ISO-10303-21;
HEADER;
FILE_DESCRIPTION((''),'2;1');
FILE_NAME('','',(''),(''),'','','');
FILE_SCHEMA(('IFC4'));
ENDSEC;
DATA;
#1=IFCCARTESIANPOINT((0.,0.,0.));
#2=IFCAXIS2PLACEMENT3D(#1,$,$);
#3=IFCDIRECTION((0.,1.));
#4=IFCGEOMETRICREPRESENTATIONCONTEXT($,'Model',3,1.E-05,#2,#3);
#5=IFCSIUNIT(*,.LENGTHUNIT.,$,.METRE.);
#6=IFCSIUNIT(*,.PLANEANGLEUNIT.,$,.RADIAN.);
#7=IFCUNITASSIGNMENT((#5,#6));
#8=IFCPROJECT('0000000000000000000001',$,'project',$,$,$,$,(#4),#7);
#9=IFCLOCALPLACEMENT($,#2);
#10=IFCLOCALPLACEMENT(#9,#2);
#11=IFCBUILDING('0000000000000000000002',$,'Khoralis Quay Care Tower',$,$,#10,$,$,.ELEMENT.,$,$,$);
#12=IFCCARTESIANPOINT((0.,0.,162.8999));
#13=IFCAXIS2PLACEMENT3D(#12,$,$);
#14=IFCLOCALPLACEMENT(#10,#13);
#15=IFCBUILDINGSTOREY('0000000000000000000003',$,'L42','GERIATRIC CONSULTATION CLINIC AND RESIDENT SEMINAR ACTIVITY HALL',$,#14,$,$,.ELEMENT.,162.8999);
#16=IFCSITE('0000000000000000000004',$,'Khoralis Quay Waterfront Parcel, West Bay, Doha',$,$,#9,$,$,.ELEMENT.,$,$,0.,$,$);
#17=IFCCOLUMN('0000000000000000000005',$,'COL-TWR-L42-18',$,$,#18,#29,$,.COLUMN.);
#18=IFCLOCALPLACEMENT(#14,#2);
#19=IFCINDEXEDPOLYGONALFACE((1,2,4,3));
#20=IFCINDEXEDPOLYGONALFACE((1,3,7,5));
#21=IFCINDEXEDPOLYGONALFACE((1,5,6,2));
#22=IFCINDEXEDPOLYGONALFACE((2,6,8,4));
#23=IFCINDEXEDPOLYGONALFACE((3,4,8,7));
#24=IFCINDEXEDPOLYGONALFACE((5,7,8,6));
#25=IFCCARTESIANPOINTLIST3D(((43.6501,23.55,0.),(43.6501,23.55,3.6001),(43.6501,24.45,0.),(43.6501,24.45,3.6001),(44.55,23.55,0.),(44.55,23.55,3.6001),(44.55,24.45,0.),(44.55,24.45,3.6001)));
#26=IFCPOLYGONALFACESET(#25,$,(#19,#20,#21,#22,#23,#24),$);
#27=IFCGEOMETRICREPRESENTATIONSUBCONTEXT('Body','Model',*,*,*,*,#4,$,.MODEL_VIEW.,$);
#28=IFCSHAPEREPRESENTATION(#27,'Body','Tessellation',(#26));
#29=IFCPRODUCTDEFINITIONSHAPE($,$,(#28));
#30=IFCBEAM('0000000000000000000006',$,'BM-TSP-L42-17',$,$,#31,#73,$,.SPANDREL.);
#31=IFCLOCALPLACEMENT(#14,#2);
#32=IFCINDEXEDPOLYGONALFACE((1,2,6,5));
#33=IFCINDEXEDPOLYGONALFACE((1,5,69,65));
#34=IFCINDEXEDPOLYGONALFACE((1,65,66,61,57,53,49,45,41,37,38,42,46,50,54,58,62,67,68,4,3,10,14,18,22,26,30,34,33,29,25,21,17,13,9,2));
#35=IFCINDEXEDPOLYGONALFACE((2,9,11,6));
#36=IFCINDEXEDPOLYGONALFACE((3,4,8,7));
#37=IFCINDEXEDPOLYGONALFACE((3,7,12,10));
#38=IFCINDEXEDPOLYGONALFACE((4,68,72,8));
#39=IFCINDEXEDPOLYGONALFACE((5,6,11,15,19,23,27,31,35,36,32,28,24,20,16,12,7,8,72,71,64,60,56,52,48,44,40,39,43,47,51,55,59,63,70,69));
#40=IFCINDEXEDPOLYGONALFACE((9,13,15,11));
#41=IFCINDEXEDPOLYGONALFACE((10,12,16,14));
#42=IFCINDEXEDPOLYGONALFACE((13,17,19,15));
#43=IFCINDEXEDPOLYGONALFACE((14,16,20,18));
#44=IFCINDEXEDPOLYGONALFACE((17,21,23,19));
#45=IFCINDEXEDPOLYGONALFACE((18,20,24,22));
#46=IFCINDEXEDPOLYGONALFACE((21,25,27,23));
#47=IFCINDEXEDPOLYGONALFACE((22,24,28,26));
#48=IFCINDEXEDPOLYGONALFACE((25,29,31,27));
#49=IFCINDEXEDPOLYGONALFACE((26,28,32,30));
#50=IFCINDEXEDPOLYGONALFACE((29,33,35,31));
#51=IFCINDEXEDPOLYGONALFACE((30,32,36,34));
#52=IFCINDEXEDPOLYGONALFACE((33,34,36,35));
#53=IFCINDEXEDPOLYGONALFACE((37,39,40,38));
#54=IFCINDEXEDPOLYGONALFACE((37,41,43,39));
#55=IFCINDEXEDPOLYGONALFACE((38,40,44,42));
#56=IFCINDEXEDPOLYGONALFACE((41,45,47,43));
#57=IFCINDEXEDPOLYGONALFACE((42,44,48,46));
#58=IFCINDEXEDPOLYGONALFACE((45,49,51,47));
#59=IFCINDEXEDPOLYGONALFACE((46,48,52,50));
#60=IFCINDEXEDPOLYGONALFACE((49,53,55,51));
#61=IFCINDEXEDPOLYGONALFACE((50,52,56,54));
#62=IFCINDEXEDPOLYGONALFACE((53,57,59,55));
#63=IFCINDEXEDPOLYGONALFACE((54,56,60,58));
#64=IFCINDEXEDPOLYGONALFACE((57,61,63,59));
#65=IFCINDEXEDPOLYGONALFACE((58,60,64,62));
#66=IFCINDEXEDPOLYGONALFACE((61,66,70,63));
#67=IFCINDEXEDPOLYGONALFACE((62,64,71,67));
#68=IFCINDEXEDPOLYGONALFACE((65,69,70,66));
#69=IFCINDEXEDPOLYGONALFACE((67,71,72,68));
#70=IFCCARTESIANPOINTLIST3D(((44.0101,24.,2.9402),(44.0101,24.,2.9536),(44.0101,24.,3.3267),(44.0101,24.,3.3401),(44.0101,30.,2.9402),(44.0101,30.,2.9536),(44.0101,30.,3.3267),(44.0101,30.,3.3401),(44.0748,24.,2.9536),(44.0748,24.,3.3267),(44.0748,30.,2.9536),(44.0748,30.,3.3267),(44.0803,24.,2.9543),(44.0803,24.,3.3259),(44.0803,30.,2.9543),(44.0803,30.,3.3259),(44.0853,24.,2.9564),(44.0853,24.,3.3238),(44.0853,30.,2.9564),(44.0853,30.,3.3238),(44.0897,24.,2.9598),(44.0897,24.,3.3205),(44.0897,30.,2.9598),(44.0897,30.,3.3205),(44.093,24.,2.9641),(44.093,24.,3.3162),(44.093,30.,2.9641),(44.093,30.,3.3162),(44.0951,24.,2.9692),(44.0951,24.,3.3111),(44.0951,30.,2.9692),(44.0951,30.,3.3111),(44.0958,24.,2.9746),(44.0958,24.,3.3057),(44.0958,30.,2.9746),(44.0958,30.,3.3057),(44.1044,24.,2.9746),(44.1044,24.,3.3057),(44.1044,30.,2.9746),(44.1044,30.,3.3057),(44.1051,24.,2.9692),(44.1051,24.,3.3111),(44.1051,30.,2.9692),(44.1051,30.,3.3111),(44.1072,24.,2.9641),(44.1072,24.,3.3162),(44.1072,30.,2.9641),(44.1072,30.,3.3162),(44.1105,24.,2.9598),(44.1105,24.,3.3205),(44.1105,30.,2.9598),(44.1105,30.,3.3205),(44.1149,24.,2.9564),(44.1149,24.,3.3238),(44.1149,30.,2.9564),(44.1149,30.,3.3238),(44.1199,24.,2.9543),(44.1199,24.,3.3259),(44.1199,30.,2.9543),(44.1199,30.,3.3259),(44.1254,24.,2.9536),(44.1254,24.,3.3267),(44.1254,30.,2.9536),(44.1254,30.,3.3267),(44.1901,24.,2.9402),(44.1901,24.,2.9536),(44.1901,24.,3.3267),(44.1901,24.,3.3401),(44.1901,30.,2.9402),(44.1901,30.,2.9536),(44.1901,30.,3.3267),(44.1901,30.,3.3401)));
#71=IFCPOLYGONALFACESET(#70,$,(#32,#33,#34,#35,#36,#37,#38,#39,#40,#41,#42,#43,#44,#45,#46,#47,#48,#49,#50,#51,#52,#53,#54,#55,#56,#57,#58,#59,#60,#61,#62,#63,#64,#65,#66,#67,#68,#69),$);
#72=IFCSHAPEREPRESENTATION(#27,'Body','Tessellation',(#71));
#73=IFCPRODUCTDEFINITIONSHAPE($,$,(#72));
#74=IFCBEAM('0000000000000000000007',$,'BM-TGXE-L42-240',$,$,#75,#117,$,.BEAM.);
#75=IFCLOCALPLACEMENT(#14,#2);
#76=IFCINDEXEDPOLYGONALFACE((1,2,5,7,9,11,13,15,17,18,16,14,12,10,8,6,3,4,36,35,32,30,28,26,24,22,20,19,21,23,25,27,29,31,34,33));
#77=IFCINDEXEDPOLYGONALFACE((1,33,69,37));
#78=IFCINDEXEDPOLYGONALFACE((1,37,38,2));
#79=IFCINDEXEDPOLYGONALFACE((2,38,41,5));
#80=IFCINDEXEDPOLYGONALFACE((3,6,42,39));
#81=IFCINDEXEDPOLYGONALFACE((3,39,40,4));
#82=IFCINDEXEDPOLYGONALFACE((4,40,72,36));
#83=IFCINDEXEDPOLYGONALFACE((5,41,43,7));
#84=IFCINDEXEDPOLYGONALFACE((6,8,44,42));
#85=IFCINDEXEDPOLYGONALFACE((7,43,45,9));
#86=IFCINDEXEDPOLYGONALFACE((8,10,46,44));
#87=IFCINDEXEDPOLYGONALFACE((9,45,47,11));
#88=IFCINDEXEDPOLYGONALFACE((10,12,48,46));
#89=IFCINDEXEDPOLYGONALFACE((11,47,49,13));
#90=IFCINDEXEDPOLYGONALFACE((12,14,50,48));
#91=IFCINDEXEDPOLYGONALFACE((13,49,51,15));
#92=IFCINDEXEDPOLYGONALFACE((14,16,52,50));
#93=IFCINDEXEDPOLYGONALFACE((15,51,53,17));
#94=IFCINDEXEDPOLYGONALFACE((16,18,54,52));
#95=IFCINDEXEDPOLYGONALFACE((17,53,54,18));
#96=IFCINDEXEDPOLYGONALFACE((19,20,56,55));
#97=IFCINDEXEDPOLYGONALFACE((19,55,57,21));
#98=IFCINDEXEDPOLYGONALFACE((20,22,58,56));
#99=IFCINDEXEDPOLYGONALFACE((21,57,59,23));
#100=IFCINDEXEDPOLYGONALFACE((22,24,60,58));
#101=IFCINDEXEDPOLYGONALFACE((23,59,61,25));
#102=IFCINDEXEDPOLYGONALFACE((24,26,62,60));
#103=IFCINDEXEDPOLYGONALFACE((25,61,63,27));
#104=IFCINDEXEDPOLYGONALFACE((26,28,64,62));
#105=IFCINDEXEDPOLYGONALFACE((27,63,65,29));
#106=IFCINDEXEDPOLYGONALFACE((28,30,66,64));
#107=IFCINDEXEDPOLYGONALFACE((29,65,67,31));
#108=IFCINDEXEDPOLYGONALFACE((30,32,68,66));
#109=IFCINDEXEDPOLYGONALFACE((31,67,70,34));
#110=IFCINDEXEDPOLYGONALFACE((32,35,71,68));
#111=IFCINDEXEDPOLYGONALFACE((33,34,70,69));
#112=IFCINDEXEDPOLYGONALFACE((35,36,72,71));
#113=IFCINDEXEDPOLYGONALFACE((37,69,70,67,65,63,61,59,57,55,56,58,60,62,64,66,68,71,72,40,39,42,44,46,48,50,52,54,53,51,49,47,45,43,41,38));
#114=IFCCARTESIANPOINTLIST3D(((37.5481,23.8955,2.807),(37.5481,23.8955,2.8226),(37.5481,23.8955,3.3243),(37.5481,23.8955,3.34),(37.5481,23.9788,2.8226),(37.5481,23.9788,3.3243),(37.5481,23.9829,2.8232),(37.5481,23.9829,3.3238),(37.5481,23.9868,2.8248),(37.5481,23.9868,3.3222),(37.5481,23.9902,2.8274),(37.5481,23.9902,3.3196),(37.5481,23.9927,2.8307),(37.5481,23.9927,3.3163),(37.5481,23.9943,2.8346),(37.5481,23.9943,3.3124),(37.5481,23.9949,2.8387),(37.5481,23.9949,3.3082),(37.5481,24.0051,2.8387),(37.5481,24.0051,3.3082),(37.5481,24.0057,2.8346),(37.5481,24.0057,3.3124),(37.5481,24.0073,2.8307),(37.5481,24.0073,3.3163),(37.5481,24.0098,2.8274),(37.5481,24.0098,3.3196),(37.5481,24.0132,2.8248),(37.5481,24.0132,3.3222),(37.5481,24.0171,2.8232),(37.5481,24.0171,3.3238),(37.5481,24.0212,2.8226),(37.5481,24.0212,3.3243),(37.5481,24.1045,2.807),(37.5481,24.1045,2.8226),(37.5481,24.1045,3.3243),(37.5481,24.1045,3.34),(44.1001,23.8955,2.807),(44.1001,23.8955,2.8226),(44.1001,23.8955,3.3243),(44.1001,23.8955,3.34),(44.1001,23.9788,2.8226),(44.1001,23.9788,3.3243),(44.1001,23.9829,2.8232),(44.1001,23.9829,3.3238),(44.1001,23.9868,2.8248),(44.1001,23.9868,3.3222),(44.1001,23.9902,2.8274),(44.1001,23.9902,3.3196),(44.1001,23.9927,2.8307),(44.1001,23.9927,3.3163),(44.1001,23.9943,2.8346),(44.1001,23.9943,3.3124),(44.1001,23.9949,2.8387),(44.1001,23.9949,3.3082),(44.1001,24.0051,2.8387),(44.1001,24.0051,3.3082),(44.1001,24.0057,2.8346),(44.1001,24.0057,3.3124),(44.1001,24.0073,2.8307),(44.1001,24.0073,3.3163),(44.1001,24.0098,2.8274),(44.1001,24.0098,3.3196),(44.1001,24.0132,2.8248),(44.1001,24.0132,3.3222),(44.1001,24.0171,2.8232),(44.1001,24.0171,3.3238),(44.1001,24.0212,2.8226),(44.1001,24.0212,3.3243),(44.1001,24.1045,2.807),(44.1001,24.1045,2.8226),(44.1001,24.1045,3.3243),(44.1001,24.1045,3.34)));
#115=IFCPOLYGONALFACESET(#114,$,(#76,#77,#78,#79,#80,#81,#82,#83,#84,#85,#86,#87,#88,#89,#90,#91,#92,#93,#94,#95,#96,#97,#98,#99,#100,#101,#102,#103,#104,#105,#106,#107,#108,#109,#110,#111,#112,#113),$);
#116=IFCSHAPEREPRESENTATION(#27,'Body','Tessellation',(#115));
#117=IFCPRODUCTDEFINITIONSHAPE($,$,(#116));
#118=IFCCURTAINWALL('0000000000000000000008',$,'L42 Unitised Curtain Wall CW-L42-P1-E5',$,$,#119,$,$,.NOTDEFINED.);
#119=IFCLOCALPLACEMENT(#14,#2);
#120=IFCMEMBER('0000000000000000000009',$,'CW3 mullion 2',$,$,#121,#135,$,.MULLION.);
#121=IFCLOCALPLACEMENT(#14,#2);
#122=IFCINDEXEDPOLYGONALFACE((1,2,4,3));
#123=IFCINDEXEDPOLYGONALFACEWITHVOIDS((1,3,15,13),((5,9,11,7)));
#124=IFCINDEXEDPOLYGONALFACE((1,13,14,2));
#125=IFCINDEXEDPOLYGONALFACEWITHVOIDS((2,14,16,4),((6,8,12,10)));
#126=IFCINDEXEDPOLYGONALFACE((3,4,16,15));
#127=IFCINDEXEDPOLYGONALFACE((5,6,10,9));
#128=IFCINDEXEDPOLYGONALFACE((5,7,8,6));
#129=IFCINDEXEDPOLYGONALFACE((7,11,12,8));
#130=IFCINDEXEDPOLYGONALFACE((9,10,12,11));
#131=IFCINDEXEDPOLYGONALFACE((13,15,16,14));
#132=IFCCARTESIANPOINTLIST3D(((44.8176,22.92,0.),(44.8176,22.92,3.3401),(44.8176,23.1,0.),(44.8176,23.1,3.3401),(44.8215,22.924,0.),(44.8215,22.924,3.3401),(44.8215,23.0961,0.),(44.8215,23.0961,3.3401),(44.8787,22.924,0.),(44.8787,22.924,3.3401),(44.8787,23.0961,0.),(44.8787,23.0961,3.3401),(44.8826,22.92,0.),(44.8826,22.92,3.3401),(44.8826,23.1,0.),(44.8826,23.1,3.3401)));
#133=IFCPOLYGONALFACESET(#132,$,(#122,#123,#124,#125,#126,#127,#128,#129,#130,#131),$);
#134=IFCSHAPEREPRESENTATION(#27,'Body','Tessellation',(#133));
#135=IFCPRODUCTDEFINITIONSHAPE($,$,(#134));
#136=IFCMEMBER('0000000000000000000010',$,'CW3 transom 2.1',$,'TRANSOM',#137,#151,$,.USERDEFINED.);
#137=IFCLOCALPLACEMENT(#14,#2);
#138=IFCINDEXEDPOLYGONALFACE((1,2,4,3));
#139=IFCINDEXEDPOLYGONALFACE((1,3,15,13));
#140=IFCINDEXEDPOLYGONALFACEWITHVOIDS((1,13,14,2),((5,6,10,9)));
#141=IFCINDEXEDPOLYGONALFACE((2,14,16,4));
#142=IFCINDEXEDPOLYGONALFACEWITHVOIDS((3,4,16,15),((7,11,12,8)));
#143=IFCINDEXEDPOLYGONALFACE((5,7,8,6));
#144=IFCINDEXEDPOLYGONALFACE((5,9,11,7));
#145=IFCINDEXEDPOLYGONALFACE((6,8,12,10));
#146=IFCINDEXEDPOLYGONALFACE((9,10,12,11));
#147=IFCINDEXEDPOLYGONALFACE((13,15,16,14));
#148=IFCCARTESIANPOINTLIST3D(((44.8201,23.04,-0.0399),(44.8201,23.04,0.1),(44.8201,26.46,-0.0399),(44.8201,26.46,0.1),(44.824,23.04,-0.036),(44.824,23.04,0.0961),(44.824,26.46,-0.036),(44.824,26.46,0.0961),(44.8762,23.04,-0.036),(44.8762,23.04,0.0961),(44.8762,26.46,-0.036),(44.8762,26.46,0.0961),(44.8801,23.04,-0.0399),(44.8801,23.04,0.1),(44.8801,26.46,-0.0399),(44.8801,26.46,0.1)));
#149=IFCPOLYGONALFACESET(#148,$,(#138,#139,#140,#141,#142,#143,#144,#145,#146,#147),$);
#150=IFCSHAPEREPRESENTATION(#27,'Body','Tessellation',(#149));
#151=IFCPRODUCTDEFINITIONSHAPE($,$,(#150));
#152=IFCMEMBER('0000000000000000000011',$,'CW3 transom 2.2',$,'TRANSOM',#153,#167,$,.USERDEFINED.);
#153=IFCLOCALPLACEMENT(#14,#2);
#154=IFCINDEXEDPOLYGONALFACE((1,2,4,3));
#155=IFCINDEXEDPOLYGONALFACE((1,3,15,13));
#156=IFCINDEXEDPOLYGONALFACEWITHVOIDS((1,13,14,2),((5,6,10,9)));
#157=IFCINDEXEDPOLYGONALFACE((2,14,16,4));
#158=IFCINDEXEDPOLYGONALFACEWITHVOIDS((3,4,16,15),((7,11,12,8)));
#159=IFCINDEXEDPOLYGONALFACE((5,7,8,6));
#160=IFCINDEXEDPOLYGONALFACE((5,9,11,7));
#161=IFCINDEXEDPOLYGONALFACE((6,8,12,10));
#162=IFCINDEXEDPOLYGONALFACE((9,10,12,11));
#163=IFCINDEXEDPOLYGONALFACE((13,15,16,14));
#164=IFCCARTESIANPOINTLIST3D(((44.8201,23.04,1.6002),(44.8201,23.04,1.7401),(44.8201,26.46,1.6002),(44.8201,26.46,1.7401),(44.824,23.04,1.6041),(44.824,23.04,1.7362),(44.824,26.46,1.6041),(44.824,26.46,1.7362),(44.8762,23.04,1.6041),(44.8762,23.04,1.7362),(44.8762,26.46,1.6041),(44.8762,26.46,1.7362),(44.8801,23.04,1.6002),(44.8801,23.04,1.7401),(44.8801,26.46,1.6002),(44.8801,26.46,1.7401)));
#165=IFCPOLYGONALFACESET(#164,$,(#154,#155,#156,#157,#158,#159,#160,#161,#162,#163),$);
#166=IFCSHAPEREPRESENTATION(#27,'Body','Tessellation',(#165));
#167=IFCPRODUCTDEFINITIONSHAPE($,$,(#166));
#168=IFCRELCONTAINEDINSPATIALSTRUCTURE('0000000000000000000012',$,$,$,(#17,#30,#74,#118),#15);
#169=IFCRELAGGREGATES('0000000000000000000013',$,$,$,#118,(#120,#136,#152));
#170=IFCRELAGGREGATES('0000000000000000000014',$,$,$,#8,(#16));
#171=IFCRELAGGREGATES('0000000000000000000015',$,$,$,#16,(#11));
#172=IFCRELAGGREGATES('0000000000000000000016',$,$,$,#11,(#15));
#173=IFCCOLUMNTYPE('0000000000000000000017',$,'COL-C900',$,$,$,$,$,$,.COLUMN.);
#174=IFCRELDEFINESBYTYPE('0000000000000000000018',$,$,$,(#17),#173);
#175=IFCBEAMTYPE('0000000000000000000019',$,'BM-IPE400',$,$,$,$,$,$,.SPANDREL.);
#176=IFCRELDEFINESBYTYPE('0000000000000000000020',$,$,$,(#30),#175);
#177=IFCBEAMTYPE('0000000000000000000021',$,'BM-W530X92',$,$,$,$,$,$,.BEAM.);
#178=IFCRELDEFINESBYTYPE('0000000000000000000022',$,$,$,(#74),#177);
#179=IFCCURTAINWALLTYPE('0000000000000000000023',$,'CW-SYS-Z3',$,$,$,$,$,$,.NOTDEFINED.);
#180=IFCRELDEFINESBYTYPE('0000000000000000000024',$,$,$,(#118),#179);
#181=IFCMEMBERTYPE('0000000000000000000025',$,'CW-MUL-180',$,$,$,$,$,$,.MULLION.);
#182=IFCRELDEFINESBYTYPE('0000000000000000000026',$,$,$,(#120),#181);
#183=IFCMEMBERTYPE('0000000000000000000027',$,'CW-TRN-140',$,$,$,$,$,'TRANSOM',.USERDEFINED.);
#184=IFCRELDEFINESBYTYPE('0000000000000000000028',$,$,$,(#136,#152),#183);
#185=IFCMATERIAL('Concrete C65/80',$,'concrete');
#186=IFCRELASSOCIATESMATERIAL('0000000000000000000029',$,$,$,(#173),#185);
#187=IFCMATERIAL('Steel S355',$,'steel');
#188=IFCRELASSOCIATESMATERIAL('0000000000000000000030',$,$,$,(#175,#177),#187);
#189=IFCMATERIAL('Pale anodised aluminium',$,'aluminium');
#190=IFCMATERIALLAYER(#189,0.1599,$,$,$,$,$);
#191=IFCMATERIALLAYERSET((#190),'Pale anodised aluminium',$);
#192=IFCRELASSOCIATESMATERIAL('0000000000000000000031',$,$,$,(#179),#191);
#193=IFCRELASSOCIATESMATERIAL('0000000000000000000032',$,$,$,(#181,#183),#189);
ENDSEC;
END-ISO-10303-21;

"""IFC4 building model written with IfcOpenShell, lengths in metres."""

from ifc_helpers import new_model, si_unit, direction, frame, origin, origin_2d, place, context, subcontext, project, spatial, rectangle, hollow_rectangle, i_section, extrude, source, transform, mapped, material, layer, layer_set, material_profile, profile_set, type_object, element, aggregate, save


model = new_model("IFC4")

# Units and contexts
model_context = context("Model", 3, precision=1e-05, world=origin(), true_north=direction((0.0, 1.0)))
body_context = subcontext(model_context, "Body", "Model", "MODEL_VIEW")
ifc_project = project(units=[si_unit("LENGTHUNIT", "METRE"), si_unit("PLANEANGLEUNIT", "RADIAN")], contexts=[model_context])

# Site, building, storey
site_placement = place(None, origin())
site = spatial("IfcSite", under=ifc_project, at=site_placement, Name="Khoralis Quay Waterfront Parcel, West Bay, Doha", CompositionType="ELEMENT", RefElevation=0.0)
building_placement = place(site_placement, origin())
building = spatial("IfcBuilding", under=site, at=building_placement, Name="Khoralis Quay Care Tower", CompositionType="ELEMENT")
storey_placement = place(building_placement, frame((0.0, 0.0, 162.8999)))
storey = spatial("IfcBuildingStorey", under=building, at=storey_placement, Name="L42", Description="GERIATRIC CONSULTATION CLINIC AND RESIDENT SEMINAR ACTIVITY HALL", CompositionType="ELEMENT", Elevation=162.8999)

# Column
ifc_material_1 = material(Name="Concrete C65/80", Category="concrete")
ifc_material_profile_1 = material_profile(ifc_material_1, rectangle(XDim=0.8999, YDim=0.8999, at=origin_2d()), Name="Concrete C65/80")
ifc_profile_set_1 = profile_set([ifc_material_profile_1], Name="Concrete C65/80")
column_type = type_object("IfcColumnType", Name="COL-C900", PredefinedType="COLUMN", material=ifc_profile_set_1)
shared_shape_1 = source(origin(), body_context, "Body", "SweptSolid", [
    extrude(rectangle(XDim=0.8999, YDim=0.8999, at=origin_2d()), origin(), (0.0, 0.0, 1.0), 3.6001),
])
column_placement = place(storey_placement, frame((44.1001, 24.0, 0.0), z_axis=(0.0, 0.0, 1.0), x_axis=(1.0, 0.0, 0.0)))
element("IfcColumn", 1, at=column_placement, inside=storey, type_object=column_type, Name="COL-TWR-L42-18", PredefinedType="COLUMN", context=body_context, shape_type="MappedRepresentation", body=[
    mapped(shared_shape_1, transform((0.0, 0.0, 0.0), scale=1.0)),
])

# Beams
ifc_material_2 = material(Name="Steel S355", Category="steel")
ifc_material_profile_2 = material_profile(ifc_material_2, i_section(OverallWidth=0.1799, OverallDepth=0.3999, WebThickness=0.0085, FlangeThickness=0.0134, FilletRadius=0.021, at=origin_2d()), Name="Steel S355")
ifc_profile_set_2 = profile_set([ifc_material_profile_2], Name="Steel S355")
beam_type_1 = type_object("IfcBeamType", Name="BM-IPE400", PredefinedType="SPANDREL", material=ifc_profile_set_2)
shared_shape_2 = source(origin(), body_context, "Body", "SweptSolid", [
    extrude(i_section(OverallWidth=0.1799, OverallDepth=0.3999, WebThickness=0.0085, FlangeThickness=0.0134, FilletRadius=0.021, at=origin_2d()), origin(), (0.0, 0.0, 1.0), 6.0),
])
beam_1_placement = place(storey_placement, frame((44.1001, 24.0, 3.1401), z_axis=(0.0, 1.0, 0.0), x_axis=(-1.0, 0.0, 0.0)))
element("IfcBeam", 2, at=beam_1_placement, inside=storey, type_object=beam_type_1, Name="BM-TSP-L42-17", PredefinedType="SPANDREL", context=body_context, shape_type="MappedRepresentation", body=[
    mapped(shared_shape_2, transform((0.0, 0.0, 0.0), scale=1.0)),
])
ifc_material_profile_3 = material_profile(ifc_material_2, i_section(OverallWidth=0.209, OverallDepth=0.533, WebThickness=0.0103, FlangeThickness=0.0156, FilletRadius=0.0161, at=origin_2d()), Name="Steel S355")
ifc_profile_set_3 = profile_set([ifc_material_profile_3], Name="Steel S355")
beam_type_2 = type_object("IfcBeamType", Name="BM-W530X92", PredefinedType="BEAM", material=ifc_profile_set_3)
shared_shape_3 = source(origin(), body_context, "Body", "SweptSolid", [
    extrude(i_section(OverallWidth=0.209, OverallDepth=0.533, WebThickness=0.0103, FlangeThickness=0.0156, FilletRadius=0.0161, at=origin_2d()), origin(), (0.0, 0.0, 1.0), 6.552),
])
beam_2_placement = place(storey_placement, frame((37.5481, 24.0, 3.0735), z_axis=(1.0, 0.0, 0.0), x_axis=(0.0, 1.0, 0.0)))
element("IfcBeam", 3, at=beam_2_placement, inside=storey, type_object=beam_type_2, Name="BM-TGXE-L42-240", PredefinedType="BEAM", context=body_context, shape_type="MappedRepresentation", body=[
    mapped(shared_shape_3, transform((0.0, 0.0, 0.0), scale=1.0)),
])

# Curtain wall, members
ifc_material_3 = material(Name="Pale anodised aluminium", Category="aluminium")
ifc_layer_1 = layer(ifc_material_3, 0.1599)
ifc_layer_set_1 = layer_set([ifc_layer_1], Name="Pale anodised aluminium")
curtain_wall_type = type_object("IfcCurtainWallType", Name="CW-SYS-Z3", PredefinedType="NOTDEFINED", material=ifc_layer_set_1)
curtain_wall_placement = place(storey_placement, origin())
curtain_wall = element("IfcCurtainWall", 4, at=curtain_wall_placement, inside=storey, type_object=curtain_wall_type, Name="L42 Unitised Curtain Wall CW-L42-P1-E5", PredefinedType="NOTDEFINED")
ifc_material_profile_4 = material_profile(ifc_material_3, hollow_rectangle(XDim=0.0649, YDim=0.1799, WallThickness=0.0039, at=origin_2d()), Name="Pale anodised aluminium")
ifc_profile_set_4 = profile_set([ifc_material_profile_4], Name="Pale anodised aluminium")
member_type_1 = type_object("IfcMemberType", Name="CW-MUL-180", PredefinedType="MULLION", material=ifc_profile_set_4)
shared_shape_4 = source(origin(), body_context, "Body", "SweptSolid", [
    extrude(hollow_rectangle(XDim=0.0649, YDim=0.1799, WallThickness=0.0039, at=origin_2d()), origin(), (0.0, 0.0, 1.0), 3.3401),
])
member_1_placement = place(storey_placement, frame((44.8501, 23.01, 0.0), z_axis=(0.0, 0.0, 1.0), x_axis=(-1.0, 0.0, 0.0)))
member_1 = element("IfcMember", 5, at=member_1_placement, type_object=member_type_1, Name="CW3 mullion 2", PredefinedType="MULLION", context=body_context, shape_type="MappedRepresentation", body=[
    mapped(shared_shape_4, transform((0.0, 0.0, 0.0), scale=1.0)),
])
ifc_material_profile_5 = material_profile(ifc_material_3, hollow_rectangle(XDim=0.0601, YDim=0.1399, WallThickness=0.0039, at=origin_2d()), Name="Pale anodised aluminium")
ifc_profile_set_5 = profile_set([ifc_material_profile_5], Name="Pale anodised aluminium")
member_type_2 = type_object("IfcMemberType", Name="CW-TRN-140", ElementType="TRANSOM", PredefinedType="USERDEFINED", material=ifc_profile_set_5)
shared_shape_5 = source(origin(), body_context, "Body", "SweptSolid", [
    extrude(hollow_rectangle(XDim=0.0601, YDim=0.1399, WallThickness=0.0039, at=origin_2d()), origin(), (0.0, 0.0, 1.0), 3.4199),
])
member_2_placement = place(storey_placement, frame((44.8501, 23.04, 0.03), z_axis=(0.0, 1.0, 0.0), x_axis=(-1.0, 0.0, 0.0)))
member_2 = element("IfcMember", 6, at=member_2_placement, type_object=member_type_2, Name="CW3 transom 2.1", ObjectType="TRANSOM", PredefinedType="USERDEFINED", context=body_context, shape_type="MappedRepresentation", body=[
    mapped(shared_shape_5, transform((0.0, 0.0, 0.0), scale=1.0)),
])
member_3_placement = place(storey_placement, frame((44.8501, 23.04, 1.6702), z_axis=(0.0, 1.0, 0.0), x_axis=(-1.0, 0.0, 0.0)))
member_3 = element("IfcMember", 7, at=member_3_placement, type_object=member_type_2, Name="CW3 transom 2.2", ObjectType="TRANSOM", PredefinedType="USERDEFINED", context=body_context, shape_type="MappedRepresentation", body=[
    mapped(shared_shape_5, transform((0.0, 0.0, 0.0), scale=1.0)),
])
aggregate(curtain_wall, [member_1, member_2, member_3])

save(model, "model.ifc")
